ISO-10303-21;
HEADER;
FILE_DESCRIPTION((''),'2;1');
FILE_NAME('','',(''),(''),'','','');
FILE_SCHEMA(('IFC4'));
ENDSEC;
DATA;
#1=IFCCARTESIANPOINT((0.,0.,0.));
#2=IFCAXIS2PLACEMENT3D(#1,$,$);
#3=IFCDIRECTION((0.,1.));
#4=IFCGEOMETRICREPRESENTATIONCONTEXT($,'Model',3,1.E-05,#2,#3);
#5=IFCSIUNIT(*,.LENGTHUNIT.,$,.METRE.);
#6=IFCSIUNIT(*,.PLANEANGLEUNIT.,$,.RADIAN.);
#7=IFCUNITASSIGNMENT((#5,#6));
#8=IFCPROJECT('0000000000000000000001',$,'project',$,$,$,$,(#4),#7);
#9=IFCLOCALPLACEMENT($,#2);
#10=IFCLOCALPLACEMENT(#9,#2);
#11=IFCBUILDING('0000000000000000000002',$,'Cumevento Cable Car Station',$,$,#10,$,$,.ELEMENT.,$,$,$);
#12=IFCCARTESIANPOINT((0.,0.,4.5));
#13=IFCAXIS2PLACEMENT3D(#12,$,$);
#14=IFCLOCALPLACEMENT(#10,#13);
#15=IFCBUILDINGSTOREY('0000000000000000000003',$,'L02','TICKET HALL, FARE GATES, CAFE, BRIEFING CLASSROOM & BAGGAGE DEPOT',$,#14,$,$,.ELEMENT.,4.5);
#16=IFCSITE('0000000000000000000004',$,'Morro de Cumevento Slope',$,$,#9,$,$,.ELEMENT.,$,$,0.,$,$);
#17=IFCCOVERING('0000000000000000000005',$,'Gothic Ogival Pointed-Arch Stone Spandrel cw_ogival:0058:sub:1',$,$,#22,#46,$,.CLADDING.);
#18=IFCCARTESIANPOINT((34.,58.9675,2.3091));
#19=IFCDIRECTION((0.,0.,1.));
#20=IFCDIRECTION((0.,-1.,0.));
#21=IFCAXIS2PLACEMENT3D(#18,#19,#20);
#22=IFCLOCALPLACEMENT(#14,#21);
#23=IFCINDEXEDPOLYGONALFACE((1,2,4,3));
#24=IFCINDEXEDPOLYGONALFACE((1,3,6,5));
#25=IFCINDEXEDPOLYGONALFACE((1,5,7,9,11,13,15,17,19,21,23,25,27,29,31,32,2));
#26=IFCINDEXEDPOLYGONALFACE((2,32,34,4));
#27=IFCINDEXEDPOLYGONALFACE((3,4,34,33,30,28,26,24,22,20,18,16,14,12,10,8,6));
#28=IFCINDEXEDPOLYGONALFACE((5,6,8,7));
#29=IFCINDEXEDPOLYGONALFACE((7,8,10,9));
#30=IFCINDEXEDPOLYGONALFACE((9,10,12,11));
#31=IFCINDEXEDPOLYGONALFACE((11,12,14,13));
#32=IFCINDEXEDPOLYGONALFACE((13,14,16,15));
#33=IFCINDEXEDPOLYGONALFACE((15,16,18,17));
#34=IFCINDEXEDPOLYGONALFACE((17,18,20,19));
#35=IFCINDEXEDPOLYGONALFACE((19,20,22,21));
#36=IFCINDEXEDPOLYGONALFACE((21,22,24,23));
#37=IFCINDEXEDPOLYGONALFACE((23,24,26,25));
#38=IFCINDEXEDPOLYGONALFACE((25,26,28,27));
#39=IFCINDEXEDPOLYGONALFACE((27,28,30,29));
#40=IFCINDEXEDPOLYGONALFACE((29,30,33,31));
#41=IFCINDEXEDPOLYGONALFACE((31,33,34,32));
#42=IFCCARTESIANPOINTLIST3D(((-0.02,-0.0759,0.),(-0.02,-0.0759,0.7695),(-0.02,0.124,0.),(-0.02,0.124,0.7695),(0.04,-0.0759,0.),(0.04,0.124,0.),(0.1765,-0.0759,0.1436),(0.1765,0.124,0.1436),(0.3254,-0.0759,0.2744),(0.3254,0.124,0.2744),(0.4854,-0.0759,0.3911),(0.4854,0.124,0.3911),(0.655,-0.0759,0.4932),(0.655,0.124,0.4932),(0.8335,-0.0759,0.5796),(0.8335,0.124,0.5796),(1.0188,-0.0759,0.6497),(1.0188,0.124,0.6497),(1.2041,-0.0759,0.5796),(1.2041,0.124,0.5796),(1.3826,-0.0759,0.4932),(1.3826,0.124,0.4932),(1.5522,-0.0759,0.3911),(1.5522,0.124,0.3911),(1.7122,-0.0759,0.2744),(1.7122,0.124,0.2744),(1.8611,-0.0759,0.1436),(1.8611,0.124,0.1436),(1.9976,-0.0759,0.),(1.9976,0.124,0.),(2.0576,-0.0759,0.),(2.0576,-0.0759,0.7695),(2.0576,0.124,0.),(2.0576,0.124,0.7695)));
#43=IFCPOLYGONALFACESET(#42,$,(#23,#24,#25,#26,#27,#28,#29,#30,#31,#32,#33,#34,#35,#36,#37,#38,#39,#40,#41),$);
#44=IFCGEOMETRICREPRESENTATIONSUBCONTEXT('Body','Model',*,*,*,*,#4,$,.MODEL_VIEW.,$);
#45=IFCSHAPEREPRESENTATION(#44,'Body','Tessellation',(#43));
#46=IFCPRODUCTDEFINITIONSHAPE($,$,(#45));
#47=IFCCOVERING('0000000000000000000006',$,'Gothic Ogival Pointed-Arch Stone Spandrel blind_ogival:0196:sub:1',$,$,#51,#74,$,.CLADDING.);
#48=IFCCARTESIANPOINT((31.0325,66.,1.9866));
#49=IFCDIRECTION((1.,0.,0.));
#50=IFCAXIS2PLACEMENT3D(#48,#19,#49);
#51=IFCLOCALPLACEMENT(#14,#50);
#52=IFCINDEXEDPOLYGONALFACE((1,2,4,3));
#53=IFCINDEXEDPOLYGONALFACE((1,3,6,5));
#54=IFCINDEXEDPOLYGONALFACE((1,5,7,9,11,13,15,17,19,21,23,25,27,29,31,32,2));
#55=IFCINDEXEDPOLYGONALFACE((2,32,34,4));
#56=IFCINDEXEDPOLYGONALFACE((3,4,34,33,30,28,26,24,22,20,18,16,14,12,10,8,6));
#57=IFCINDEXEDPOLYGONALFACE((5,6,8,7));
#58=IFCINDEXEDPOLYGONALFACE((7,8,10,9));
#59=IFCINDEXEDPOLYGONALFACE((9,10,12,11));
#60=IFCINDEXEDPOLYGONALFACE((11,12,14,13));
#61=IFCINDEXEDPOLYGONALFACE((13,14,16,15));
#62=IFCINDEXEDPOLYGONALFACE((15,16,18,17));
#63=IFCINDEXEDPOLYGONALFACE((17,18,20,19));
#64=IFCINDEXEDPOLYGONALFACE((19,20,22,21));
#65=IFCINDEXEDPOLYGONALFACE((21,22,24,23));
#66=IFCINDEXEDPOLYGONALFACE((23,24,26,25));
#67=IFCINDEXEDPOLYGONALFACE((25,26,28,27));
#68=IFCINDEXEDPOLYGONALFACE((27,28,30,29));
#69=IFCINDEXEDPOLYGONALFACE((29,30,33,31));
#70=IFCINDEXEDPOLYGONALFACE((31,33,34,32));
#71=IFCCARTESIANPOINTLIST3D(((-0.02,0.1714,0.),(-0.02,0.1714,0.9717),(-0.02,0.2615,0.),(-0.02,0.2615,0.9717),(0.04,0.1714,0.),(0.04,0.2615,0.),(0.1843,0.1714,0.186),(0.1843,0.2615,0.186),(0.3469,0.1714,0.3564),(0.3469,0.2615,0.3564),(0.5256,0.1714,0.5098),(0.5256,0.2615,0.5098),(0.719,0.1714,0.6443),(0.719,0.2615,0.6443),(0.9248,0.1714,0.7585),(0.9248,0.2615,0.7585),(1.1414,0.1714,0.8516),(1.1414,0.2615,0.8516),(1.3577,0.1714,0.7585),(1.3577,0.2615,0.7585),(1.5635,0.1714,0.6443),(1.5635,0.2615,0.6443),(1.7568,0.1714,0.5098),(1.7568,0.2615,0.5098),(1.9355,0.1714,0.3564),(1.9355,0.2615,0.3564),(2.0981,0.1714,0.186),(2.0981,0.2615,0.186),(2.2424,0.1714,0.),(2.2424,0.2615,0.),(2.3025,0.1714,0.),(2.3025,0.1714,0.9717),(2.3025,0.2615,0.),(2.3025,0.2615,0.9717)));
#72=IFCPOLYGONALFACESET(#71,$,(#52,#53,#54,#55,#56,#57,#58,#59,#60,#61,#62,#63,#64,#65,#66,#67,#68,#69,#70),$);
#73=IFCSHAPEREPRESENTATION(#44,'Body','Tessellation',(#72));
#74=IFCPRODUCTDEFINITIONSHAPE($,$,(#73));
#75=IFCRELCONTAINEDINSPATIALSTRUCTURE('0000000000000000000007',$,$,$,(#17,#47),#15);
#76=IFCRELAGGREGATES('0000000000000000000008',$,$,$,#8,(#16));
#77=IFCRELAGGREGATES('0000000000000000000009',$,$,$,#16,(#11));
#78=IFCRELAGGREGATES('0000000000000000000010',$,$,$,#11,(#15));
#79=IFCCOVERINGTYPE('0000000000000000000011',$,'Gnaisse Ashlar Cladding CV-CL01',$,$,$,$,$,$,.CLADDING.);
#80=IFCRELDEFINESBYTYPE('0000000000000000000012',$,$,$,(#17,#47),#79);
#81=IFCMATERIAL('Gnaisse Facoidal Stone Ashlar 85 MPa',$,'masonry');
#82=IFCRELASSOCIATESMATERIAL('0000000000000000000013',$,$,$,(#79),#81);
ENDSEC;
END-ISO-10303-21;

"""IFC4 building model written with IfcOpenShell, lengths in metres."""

from ifc_helpers import new_model, si_unit, direction, frame, origin, place, context, subcontext, project, spatial, polyline, outline, extrude, material, type_object, element, save


model = new_model("IFC4")

# Units and contexts
model_context = context("Model", 3, precision=1e-05, world=origin(), true_north=direction((0.0, 1.0)))
body_context = subcontext(model_context, "Body", "Model", "MODEL_VIEW")
ifc_project = project(units=[si_unit("LENGTHUNIT", "METRE"), si_unit("PLANEANGLEUNIT", "RADIAN")], contexts=[model_context])

# Site, building, storey
site_placement = place(None, origin())
site = spatial("IfcSite", under=ifc_project, at=site_placement, Name="Morro de Cumevento Slope", CompositionType="ELEMENT", RefElevation=0.0)
building_placement = place(site_placement, origin())
building = spatial("IfcBuilding", under=site, at=building_placement, Name="Cumevento Cable Car Station", CompositionType="ELEMENT")
storey_placement = place(building_placement, frame((0.0, 0.0, 4.5)))
storey = spatial("IfcBuildingStorey", under=building, at=storey_placement, Name="L02", Description="TICKET HALL, FARE GATES, CAFE, BRIEFING CLASSROOM & BAGGAGE DEPOT", CompositionType="ELEMENT", Elevation=4.5)

# Coverings
ifc_material_1 = material(Name="Gnaisse Facoidal Stone Ashlar 85 MPa", Category="masonry")
covering_type = type_object("IfcCoveringType", Name="Gnaisse Ashlar Cladding CV-CL01", PredefinedType="CLADDING", material=ifc_material_1)
covering_1_placement = place(storey_placement, frame((34.0, 58.9675, 2.3091), z_axis=(0.0, 0.0, 1.0), x_axis=(0.0, -1.0, 0.0)))
element("IfcCovering", 1, at=covering_1_placement, inside=storey, type_object=covering_type, Name="Gothic Ogival Pointed-Arch Stone Spandrel cw_ogival:0058:sub:1", PredefinedType="CLADDING", context=body_context, shape_type="SweptSolid", body=[
    extrude(outline(polyline([(-0.02, 0.0), (-0.02, 0.7695), (2.0576, 0.7695), (2.0576, 0.0), (1.9976, 0.0), (1.8611, 0.1436), (1.7122, 0.2744), (1.5522, 0.3911), (1.3826, 0.4932), (1.2041, 0.5796), (1.0188, 0.6497), (0.8335, 0.5796), (0.655, 0.4932), (0.4854, 0.3911), (0.3254, 0.2744), (0.1765, 0.1436), (0.04, 0.0), (-0.02, 0.0)])), frame((0.0, 0.124, 0.0), z_axis=(0.0, -1.0, 0.0), x_axis=(1.0, 0.0, 0.0)), (0.0, 0.0, 1.0), 0.2),
])
covering_2_placement = place(storey_placement, frame((31.0325, 66.0, 1.9866), z_axis=(0.0, 0.0, 1.0), x_axis=(1.0, 0.0, 0.0)))
element("IfcCovering", 2, at=covering_2_placement, inside=storey, type_object=covering_type, Name="Gothic Ogival Pointed-Arch Stone Spandrel blind_ogival:0196:sub:1", PredefinedType="CLADDING", context=body_context, shape_type="SweptSolid", body=[
    extrude(outline(polyline([(-0.02, 0.0), (-0.02, 0.9717), (2.3025, 0.9717), (2.3025, 0.0), (2.2424, 0.0), (2.0981, 0.186), (1.9355, 0.3564), (1.7568, 0.5098), (1.5635, 0.6443), (1.3577, 0.7585), (1.1414, 0.8516), (0.9248, 0.7585), (0.719, 0.6443), (0.5256, 0.5098), (0.3469, 0.3564), (0.1843, 0.186), (0.04, 0.0), (-0.02, 0.0)])), frame((0.0, 0.2615, 0.0), z_axis=(0.0, -1.0, 0.0), x_axis=(1.0, 0.0, 0.0)), (0.0, 0.0, 1.0), 0.0901),
])

save(model, "model.ifc")
